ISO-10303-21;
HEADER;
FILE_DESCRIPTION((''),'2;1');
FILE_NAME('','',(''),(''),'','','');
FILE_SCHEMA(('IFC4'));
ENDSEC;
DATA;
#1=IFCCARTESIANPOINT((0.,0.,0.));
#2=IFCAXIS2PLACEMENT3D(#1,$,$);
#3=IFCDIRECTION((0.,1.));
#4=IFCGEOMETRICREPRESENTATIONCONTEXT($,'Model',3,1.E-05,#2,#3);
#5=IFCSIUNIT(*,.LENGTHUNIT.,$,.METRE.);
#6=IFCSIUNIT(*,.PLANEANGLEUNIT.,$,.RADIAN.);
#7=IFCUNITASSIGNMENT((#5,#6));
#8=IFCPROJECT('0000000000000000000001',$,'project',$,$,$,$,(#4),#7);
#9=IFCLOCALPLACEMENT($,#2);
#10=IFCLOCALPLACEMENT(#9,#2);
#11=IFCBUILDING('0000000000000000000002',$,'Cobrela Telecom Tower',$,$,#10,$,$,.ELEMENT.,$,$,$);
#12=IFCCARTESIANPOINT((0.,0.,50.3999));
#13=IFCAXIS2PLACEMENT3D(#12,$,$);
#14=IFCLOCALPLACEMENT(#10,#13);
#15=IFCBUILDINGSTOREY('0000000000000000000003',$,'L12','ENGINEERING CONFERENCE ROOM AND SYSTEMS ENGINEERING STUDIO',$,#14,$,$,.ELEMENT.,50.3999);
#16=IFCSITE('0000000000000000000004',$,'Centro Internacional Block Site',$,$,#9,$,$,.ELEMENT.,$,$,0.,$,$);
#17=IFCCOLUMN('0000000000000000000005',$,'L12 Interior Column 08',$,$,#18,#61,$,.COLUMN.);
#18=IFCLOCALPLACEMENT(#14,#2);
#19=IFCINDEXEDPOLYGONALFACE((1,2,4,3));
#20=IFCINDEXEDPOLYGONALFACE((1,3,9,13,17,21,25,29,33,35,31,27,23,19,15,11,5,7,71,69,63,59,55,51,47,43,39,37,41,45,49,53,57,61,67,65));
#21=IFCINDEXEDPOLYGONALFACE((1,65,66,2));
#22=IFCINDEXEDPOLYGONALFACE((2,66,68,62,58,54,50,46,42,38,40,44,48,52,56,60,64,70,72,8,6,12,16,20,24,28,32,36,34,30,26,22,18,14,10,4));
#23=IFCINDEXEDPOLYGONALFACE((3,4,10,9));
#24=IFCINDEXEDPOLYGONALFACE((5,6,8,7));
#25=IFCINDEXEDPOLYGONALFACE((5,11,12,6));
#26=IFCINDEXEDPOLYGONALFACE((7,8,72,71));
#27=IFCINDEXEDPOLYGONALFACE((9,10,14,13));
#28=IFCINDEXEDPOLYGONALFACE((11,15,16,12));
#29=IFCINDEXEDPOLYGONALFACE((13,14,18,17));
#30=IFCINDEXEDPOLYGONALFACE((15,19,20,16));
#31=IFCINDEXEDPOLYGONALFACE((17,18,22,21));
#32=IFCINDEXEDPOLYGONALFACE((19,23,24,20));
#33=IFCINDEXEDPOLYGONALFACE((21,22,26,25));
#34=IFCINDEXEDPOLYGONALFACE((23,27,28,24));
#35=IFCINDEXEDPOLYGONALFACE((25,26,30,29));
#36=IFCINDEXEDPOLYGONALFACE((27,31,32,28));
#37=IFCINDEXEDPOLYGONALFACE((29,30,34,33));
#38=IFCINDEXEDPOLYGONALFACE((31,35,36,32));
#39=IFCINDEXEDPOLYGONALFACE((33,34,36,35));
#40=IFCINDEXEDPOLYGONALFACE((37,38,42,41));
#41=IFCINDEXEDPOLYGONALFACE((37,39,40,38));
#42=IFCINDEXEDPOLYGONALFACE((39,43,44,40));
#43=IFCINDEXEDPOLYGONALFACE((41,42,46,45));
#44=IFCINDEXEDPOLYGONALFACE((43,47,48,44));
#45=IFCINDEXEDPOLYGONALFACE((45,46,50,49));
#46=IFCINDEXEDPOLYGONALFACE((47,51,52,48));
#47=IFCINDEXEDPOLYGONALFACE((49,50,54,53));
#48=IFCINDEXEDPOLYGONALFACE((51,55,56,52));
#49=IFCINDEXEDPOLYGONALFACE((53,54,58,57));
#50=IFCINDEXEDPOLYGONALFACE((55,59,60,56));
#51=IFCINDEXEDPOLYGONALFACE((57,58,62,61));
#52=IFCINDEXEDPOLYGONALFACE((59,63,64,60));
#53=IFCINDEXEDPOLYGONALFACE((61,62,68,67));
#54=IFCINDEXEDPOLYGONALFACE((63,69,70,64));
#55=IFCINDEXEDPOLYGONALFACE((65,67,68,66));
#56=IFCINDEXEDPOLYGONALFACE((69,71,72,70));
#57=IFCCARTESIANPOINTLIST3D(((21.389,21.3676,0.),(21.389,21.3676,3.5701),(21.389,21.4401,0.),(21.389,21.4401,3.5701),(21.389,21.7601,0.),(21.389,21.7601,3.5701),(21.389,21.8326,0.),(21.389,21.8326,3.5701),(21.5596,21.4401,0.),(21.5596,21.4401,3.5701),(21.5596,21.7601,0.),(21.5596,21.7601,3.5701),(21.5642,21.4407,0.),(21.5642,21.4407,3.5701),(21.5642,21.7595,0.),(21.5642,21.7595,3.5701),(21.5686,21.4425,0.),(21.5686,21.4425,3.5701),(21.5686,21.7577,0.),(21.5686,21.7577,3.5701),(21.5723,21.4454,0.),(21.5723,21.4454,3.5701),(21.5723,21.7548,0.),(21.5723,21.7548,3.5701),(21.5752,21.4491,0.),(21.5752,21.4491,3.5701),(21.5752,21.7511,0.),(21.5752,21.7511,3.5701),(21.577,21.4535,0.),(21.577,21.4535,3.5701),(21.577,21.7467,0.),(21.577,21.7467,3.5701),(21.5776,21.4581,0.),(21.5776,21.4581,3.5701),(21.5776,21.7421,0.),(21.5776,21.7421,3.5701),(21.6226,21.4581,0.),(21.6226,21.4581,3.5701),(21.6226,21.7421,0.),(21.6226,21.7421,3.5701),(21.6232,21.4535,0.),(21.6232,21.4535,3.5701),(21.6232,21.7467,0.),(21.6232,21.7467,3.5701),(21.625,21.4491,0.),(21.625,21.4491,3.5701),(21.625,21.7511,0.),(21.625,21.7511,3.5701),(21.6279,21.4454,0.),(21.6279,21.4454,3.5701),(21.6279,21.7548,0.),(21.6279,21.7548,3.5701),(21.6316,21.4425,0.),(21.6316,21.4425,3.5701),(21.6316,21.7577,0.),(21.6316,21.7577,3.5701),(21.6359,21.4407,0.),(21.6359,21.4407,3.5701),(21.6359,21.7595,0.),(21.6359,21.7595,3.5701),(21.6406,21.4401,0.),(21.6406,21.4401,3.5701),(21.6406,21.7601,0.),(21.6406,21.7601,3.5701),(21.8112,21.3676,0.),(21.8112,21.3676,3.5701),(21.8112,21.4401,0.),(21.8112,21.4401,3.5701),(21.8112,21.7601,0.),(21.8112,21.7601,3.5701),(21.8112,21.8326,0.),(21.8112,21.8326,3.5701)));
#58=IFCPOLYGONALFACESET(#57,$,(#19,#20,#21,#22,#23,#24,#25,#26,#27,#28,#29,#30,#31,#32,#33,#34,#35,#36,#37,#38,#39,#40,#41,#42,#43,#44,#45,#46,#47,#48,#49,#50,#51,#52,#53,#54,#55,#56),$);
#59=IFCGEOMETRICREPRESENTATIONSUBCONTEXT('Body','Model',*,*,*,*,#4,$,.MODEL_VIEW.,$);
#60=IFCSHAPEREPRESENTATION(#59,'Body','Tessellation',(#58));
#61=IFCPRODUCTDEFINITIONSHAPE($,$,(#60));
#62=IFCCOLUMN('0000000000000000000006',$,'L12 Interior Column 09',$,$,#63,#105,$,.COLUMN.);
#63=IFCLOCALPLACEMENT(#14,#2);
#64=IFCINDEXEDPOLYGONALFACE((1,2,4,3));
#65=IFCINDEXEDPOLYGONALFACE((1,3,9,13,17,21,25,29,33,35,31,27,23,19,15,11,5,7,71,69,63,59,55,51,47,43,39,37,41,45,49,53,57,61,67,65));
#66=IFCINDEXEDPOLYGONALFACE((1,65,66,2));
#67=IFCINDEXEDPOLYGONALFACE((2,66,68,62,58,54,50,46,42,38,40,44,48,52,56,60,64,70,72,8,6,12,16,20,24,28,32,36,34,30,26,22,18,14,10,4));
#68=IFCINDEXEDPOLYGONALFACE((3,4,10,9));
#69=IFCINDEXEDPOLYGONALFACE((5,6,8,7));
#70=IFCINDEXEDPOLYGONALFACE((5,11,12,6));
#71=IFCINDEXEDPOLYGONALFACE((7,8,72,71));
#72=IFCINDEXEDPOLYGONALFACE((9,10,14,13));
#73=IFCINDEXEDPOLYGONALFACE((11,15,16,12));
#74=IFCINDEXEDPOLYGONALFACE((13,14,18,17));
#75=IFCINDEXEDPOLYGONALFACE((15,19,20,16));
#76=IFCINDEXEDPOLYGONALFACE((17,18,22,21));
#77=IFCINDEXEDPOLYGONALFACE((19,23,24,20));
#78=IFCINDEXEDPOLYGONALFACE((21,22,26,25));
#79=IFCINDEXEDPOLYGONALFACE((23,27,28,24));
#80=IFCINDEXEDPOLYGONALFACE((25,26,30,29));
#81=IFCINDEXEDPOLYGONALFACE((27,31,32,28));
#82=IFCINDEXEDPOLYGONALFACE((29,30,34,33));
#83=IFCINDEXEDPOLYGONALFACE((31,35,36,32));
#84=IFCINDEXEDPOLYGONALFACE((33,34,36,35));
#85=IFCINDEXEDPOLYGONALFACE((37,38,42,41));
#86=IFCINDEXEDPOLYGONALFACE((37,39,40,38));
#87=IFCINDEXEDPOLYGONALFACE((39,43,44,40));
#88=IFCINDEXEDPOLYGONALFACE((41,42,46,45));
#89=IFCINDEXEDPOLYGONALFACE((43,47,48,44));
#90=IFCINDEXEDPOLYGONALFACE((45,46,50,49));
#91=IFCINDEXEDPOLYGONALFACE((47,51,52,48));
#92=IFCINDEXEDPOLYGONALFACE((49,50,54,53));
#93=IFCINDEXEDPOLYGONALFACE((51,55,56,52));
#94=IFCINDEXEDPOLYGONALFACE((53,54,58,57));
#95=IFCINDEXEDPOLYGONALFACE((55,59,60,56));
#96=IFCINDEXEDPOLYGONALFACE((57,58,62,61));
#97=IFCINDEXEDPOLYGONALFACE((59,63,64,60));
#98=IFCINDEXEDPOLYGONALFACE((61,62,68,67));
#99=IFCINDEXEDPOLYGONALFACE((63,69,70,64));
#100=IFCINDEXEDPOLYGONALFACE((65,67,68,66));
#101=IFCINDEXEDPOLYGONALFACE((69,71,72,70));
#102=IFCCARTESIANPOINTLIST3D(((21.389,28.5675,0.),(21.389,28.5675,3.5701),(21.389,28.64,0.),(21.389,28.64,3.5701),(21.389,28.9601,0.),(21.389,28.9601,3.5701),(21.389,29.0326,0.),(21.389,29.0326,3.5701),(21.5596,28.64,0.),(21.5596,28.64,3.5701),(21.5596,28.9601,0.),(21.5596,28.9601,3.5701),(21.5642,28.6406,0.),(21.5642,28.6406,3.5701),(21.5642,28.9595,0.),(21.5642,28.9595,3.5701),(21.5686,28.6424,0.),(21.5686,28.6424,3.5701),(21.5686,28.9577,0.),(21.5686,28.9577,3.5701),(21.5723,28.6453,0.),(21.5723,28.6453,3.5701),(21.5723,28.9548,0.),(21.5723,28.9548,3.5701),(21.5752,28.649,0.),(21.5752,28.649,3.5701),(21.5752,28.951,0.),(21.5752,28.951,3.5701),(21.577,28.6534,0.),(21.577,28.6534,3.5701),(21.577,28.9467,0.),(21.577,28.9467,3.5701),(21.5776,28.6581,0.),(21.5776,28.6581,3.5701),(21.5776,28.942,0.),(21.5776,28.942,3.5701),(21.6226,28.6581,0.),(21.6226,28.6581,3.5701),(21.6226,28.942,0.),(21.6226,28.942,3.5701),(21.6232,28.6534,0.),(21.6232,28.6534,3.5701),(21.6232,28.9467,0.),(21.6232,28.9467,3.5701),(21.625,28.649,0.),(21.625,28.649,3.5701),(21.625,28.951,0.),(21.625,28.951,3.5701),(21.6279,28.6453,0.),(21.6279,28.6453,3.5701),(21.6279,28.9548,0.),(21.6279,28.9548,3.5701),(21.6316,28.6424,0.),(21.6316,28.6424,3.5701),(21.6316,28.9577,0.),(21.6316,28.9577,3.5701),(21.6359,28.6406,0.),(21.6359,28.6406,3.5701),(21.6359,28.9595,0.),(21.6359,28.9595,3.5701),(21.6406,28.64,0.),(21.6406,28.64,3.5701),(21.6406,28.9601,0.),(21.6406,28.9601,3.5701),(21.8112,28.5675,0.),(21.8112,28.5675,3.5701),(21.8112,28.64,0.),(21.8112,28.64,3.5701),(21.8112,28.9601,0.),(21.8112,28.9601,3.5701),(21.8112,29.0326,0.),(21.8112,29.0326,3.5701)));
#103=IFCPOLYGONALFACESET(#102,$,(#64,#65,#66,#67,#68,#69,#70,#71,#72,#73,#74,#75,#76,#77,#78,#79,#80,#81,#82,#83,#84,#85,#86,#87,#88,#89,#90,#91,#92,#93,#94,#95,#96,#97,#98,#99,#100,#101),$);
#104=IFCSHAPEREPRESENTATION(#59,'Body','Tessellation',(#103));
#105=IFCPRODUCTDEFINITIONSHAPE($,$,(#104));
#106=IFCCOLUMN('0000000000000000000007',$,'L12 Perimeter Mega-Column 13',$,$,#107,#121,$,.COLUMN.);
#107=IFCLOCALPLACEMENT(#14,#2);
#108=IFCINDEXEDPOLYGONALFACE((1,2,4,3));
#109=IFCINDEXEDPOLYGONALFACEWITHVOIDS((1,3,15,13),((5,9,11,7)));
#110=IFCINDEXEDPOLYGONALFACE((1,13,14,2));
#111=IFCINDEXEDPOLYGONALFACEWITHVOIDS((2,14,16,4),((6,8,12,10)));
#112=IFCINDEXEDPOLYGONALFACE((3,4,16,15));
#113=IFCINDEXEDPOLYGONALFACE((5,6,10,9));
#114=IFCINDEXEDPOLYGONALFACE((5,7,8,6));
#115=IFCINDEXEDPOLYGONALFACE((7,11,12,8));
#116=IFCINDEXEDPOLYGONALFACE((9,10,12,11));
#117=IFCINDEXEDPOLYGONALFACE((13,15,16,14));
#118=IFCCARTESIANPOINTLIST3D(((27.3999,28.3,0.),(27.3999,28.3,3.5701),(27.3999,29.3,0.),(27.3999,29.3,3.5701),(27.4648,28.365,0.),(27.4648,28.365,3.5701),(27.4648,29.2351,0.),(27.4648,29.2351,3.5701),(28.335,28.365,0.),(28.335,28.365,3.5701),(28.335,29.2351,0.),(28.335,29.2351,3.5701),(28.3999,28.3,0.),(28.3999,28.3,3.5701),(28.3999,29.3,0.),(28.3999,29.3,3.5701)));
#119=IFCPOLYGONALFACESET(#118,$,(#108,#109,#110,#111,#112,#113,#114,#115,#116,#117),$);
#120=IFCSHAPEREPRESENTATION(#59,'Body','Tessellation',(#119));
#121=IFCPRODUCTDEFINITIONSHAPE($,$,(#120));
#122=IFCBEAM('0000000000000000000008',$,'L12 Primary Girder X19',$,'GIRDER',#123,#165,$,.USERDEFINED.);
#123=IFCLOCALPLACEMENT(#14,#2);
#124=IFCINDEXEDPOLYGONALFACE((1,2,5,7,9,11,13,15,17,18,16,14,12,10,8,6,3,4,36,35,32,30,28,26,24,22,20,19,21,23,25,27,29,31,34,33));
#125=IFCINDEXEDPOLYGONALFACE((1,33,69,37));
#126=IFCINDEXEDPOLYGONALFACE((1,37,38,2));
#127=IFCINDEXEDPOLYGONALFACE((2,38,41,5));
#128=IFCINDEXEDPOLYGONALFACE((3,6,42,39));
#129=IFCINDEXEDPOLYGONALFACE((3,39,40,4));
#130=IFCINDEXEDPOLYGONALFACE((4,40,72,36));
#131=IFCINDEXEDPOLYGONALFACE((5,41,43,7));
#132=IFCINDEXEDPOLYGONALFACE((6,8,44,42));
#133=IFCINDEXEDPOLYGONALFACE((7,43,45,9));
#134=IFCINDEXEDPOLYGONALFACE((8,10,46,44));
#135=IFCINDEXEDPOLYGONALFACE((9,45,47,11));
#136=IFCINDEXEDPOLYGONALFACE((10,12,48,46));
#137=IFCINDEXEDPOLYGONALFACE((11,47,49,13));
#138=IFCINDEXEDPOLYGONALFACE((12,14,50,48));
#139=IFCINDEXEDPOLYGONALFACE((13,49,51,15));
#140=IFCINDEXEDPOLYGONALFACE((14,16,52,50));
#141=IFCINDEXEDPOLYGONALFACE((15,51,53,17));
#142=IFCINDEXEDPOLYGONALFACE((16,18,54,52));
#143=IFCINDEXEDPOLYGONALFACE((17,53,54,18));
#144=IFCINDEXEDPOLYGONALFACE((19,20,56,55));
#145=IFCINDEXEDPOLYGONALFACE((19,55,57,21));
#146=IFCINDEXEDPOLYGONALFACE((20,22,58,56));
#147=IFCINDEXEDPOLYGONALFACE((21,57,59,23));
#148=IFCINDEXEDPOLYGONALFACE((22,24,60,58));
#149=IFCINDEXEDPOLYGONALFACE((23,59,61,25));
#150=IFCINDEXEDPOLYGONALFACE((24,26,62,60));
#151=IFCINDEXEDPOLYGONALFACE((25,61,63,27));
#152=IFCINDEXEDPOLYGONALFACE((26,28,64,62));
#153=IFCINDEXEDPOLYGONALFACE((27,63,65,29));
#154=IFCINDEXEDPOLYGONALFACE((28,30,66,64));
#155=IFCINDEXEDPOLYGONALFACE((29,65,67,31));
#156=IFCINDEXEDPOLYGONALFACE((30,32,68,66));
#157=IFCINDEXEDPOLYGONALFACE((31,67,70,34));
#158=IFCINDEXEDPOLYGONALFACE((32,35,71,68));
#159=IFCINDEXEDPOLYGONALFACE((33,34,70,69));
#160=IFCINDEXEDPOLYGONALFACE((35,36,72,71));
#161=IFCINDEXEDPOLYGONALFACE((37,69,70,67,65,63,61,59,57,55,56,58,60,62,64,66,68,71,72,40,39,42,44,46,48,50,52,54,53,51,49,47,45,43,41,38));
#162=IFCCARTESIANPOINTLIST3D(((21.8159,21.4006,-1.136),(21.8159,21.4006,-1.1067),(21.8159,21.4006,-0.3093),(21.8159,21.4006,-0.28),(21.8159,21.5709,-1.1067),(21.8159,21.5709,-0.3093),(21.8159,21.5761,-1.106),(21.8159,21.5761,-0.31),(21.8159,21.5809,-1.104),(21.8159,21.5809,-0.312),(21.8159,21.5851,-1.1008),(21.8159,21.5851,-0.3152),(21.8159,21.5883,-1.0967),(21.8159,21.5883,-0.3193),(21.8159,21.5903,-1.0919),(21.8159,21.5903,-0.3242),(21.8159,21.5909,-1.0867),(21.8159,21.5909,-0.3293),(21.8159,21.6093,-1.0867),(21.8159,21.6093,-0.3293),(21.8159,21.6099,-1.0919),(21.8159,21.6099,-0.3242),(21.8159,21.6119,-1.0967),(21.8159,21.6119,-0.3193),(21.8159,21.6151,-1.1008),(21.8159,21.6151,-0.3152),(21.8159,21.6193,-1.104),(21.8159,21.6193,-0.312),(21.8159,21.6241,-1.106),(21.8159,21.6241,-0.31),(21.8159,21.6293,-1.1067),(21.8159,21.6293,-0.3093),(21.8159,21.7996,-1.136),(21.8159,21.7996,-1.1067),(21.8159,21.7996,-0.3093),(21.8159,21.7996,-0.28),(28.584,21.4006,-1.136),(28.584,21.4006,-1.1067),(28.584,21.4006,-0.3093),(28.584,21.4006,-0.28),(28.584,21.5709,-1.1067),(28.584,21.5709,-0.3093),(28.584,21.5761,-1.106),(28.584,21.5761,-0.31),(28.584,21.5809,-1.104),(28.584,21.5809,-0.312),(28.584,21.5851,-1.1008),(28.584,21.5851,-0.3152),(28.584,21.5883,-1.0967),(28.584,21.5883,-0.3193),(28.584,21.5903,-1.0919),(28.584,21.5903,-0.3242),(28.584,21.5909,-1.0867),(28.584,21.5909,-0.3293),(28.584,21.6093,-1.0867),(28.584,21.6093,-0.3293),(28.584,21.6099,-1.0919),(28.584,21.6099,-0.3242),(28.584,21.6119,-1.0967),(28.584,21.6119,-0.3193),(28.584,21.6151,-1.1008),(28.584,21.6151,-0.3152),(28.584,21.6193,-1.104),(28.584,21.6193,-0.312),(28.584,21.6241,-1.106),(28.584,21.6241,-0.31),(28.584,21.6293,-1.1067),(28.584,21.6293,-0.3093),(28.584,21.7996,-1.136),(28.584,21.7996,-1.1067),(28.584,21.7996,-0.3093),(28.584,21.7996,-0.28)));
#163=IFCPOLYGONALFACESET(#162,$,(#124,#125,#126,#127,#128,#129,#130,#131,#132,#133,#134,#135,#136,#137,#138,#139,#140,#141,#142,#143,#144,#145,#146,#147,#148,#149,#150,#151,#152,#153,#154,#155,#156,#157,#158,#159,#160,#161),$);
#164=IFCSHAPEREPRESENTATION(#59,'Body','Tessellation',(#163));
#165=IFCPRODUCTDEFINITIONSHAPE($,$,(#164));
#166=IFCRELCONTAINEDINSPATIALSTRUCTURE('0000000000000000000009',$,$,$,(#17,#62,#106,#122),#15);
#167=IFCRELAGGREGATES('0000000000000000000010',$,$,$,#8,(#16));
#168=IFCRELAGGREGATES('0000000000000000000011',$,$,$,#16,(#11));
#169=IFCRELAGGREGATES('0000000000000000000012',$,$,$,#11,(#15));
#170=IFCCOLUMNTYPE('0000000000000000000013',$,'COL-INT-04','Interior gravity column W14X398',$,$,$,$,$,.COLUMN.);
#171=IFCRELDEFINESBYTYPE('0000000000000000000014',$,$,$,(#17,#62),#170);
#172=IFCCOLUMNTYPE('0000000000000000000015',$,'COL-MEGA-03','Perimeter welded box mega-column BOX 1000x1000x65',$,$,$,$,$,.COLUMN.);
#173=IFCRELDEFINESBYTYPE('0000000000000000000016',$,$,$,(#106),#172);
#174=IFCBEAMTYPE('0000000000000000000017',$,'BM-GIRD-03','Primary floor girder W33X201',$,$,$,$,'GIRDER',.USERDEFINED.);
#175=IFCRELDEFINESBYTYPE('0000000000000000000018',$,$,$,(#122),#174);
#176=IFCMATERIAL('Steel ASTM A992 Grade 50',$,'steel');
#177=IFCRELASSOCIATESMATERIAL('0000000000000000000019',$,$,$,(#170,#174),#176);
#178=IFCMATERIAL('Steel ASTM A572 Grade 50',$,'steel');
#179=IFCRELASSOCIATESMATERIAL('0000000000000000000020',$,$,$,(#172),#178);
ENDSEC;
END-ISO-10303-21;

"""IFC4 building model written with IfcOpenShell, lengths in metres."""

from ifc_helpers import new_model, si_unit, direction, frame, origin, origin_2d, place, context, subcontext, project, spatial, hollow_rectangle, i_section, extrude, material, material_profile, profile_set, type_object, element, save


model = new_model("IFC4")

# Units and contexts
model_context = context("Model", 3, precision=1e-05, world=origin(), true_north=direction((0.0, 1.0)))
body_context = subcontext(model_context, "Body", "Model", "MODEL_VIEW")
ifc_project = project(units=[si_unit("LENGTHUNIT", "METRE"), si_unit("PLANEANGLEUNIT", "RADIAN")], contexts=[model_context])

# Site, building, storey
site_placement = place(None, origin())
site = spatial("IfcSite", under=ifc_project, at=site_placement, Name="Centro Internacional Block Site", CompositionType="ELEMENT", RefElevation=0.0)
building_placement = place(site_placement, origin())
building = spatial("IfcBuilding", under=site, at=building_placement, Name="Cobrela Telecom Tower", CompositionType="ELEMENT")
storey_placement = place(building_placement, frame((0.0, 0.0, 50.3999)))
storey = spatial("IfcBuildingStorey", under=building, at=storey_placement, Name="L12", Description="ENGINEERING CONFERENCE ROOM AND SYSTEMS ENGINEERING STUDIO", CompositionType="ELEMENT", Elevation=50.3999)

# Columns
ifc_material_1 = material(Name="Steel ASTM A992 Grade 50", Category="steel")
ifc_material_profile_1 = material_profile(ifc_material_1, i_section(OverallWidth=0.4221, OverallDepth=0.4651, WebThickness=0.0449, FlangeThickness=0.0725, FilletRadius=0.0181, at=origin_2d()), Name="W14X398")
ifc_profile_set_1 = profile_set([ifc_material_profile_1], Name="Steel ASTM A992 Grade 50")
column_type_1 = type_object("IfcColumnType", Name="COL-INT-04", Description="Interior gravity column W14X398", PredefinedType="COLUMN", material=ifc_profile_set_1)
for number, where, z_axis, x_axis, name in (
    (1, (21.6001, 21.6001, 0.0), (0.0, 0.0, 1.0), (1.0, 0.0, 0.0), "L12 Interior Column 08"),
    (2, (21.6001, 28.8, 0.0), (0.0, 0.0, 1.0), (1.0, 0.0, 0.0), "L12 Interior Column 09"),
):
    element("IfcColumn", number, at=place(storey_placement, frame(where, z_axis=z_axis, x_axis=x_axis)), inside=storey, type_object=column_type_1, Name=name, PredefinedType="COLUMN", context=body_context, shape_type="SweptSolid", body=[
        extrude(i_section(OverallWidth=0.4221, OverallDepth=0.4651, WebThickness=0.0449, FlangeThickness=0.0725, FilletRadius=0.0181, at=origin_2d()), origin(), (0.0, 0.0, 1.0), 3.5701),
    ])
ifc_material_2 = material(Name="Steel ASTM A572 Grade 50", Category="steel")
ifc_material_profile_2 = material_profile(ifc_material_2, hollow_rectangle(XDim=1.0, YDim=1.0, WallThickness=0.0649, at=origin_2d()), Name="BOX 1000x1000x65")
ifc_profile_set_2 = profile_set([ifc_material_profile_2], Name="Steel ASTM A572 Grade 50")
column_type_2 = type_object("IfcColumnType", Name="COL-MEGA-03", Description="Perimeter welded box mega-column BOX 1000x1000x65", PredefinedType="COLUMN", material=ifc_profile_set_2)
column_placement = place(storey_placement, frame((27.8999, 28.8, 0.0), z_axis=(0.0, 0.0, 1.0), x_axis=(1.0, 0.0, 0.0)))
element("IfcColumn", 3, at=column_placement, inside=storey, type_object=column_type_2, Name="L12 Perimeter Mega-Column 13", PredefinedType="COLUMN", context=body_context, shape_type="SweptSolid", body=[
    extrude(hollow_rectangle(XDim=1.0, YDim=1.0, WallThickness=0.0649, at=origin_2d()), origin(), (0.0, 0.0, 1.0), 3.5701),
])

# Beam
ifc_material_profile_3 = material_profile(ifc_material_1, i_section(OverallWidth=0.3989, OverallDepth=0.856, WebThickness=0.0183, FlangeThickness=0.0293, FilletRadius=0.02, at=origin_2d()), Name="W33X201")
ifc_profile_set_3 = profile_set([ifc_material_profile_3], Name="Steel ASTM A992 Grade 50")
beam_type_1 = type_object("IfcBeamType", Name="BM-GIRD-03", Description="Primary floor girder W33X201", ElementType="GIRDER", PredefinedType="USERDEFINED", material=ifc_profile_set_3)
beam_1_placement = place(storey_placement, frame((21.8159, 21.6001, -0.708), z_axis=(1.0, 0.0, 0.0), x_axis=(0.0, 1.0, 0.0)))
element("IfcBeam", 4, at=beam_1_placement, inside=storey, type_object=beam_type_1, Name="L12 Primary Girder X19", ObjectType="GIRDER", PredefinedType="USERDEFINED", context=body_context, shape_type="SweptSolid", body=[
    extrude(i_section(OverallWidth=0.3989, OverallDepth=0.856, WebThickness=0.0183, FlangeThickness=0.0293, FilletRadius=0.02, at=origin_2d()), origin(), (0.0, 0.0, 1.0), 6.7681),
])

save(model, "model.ifc")
